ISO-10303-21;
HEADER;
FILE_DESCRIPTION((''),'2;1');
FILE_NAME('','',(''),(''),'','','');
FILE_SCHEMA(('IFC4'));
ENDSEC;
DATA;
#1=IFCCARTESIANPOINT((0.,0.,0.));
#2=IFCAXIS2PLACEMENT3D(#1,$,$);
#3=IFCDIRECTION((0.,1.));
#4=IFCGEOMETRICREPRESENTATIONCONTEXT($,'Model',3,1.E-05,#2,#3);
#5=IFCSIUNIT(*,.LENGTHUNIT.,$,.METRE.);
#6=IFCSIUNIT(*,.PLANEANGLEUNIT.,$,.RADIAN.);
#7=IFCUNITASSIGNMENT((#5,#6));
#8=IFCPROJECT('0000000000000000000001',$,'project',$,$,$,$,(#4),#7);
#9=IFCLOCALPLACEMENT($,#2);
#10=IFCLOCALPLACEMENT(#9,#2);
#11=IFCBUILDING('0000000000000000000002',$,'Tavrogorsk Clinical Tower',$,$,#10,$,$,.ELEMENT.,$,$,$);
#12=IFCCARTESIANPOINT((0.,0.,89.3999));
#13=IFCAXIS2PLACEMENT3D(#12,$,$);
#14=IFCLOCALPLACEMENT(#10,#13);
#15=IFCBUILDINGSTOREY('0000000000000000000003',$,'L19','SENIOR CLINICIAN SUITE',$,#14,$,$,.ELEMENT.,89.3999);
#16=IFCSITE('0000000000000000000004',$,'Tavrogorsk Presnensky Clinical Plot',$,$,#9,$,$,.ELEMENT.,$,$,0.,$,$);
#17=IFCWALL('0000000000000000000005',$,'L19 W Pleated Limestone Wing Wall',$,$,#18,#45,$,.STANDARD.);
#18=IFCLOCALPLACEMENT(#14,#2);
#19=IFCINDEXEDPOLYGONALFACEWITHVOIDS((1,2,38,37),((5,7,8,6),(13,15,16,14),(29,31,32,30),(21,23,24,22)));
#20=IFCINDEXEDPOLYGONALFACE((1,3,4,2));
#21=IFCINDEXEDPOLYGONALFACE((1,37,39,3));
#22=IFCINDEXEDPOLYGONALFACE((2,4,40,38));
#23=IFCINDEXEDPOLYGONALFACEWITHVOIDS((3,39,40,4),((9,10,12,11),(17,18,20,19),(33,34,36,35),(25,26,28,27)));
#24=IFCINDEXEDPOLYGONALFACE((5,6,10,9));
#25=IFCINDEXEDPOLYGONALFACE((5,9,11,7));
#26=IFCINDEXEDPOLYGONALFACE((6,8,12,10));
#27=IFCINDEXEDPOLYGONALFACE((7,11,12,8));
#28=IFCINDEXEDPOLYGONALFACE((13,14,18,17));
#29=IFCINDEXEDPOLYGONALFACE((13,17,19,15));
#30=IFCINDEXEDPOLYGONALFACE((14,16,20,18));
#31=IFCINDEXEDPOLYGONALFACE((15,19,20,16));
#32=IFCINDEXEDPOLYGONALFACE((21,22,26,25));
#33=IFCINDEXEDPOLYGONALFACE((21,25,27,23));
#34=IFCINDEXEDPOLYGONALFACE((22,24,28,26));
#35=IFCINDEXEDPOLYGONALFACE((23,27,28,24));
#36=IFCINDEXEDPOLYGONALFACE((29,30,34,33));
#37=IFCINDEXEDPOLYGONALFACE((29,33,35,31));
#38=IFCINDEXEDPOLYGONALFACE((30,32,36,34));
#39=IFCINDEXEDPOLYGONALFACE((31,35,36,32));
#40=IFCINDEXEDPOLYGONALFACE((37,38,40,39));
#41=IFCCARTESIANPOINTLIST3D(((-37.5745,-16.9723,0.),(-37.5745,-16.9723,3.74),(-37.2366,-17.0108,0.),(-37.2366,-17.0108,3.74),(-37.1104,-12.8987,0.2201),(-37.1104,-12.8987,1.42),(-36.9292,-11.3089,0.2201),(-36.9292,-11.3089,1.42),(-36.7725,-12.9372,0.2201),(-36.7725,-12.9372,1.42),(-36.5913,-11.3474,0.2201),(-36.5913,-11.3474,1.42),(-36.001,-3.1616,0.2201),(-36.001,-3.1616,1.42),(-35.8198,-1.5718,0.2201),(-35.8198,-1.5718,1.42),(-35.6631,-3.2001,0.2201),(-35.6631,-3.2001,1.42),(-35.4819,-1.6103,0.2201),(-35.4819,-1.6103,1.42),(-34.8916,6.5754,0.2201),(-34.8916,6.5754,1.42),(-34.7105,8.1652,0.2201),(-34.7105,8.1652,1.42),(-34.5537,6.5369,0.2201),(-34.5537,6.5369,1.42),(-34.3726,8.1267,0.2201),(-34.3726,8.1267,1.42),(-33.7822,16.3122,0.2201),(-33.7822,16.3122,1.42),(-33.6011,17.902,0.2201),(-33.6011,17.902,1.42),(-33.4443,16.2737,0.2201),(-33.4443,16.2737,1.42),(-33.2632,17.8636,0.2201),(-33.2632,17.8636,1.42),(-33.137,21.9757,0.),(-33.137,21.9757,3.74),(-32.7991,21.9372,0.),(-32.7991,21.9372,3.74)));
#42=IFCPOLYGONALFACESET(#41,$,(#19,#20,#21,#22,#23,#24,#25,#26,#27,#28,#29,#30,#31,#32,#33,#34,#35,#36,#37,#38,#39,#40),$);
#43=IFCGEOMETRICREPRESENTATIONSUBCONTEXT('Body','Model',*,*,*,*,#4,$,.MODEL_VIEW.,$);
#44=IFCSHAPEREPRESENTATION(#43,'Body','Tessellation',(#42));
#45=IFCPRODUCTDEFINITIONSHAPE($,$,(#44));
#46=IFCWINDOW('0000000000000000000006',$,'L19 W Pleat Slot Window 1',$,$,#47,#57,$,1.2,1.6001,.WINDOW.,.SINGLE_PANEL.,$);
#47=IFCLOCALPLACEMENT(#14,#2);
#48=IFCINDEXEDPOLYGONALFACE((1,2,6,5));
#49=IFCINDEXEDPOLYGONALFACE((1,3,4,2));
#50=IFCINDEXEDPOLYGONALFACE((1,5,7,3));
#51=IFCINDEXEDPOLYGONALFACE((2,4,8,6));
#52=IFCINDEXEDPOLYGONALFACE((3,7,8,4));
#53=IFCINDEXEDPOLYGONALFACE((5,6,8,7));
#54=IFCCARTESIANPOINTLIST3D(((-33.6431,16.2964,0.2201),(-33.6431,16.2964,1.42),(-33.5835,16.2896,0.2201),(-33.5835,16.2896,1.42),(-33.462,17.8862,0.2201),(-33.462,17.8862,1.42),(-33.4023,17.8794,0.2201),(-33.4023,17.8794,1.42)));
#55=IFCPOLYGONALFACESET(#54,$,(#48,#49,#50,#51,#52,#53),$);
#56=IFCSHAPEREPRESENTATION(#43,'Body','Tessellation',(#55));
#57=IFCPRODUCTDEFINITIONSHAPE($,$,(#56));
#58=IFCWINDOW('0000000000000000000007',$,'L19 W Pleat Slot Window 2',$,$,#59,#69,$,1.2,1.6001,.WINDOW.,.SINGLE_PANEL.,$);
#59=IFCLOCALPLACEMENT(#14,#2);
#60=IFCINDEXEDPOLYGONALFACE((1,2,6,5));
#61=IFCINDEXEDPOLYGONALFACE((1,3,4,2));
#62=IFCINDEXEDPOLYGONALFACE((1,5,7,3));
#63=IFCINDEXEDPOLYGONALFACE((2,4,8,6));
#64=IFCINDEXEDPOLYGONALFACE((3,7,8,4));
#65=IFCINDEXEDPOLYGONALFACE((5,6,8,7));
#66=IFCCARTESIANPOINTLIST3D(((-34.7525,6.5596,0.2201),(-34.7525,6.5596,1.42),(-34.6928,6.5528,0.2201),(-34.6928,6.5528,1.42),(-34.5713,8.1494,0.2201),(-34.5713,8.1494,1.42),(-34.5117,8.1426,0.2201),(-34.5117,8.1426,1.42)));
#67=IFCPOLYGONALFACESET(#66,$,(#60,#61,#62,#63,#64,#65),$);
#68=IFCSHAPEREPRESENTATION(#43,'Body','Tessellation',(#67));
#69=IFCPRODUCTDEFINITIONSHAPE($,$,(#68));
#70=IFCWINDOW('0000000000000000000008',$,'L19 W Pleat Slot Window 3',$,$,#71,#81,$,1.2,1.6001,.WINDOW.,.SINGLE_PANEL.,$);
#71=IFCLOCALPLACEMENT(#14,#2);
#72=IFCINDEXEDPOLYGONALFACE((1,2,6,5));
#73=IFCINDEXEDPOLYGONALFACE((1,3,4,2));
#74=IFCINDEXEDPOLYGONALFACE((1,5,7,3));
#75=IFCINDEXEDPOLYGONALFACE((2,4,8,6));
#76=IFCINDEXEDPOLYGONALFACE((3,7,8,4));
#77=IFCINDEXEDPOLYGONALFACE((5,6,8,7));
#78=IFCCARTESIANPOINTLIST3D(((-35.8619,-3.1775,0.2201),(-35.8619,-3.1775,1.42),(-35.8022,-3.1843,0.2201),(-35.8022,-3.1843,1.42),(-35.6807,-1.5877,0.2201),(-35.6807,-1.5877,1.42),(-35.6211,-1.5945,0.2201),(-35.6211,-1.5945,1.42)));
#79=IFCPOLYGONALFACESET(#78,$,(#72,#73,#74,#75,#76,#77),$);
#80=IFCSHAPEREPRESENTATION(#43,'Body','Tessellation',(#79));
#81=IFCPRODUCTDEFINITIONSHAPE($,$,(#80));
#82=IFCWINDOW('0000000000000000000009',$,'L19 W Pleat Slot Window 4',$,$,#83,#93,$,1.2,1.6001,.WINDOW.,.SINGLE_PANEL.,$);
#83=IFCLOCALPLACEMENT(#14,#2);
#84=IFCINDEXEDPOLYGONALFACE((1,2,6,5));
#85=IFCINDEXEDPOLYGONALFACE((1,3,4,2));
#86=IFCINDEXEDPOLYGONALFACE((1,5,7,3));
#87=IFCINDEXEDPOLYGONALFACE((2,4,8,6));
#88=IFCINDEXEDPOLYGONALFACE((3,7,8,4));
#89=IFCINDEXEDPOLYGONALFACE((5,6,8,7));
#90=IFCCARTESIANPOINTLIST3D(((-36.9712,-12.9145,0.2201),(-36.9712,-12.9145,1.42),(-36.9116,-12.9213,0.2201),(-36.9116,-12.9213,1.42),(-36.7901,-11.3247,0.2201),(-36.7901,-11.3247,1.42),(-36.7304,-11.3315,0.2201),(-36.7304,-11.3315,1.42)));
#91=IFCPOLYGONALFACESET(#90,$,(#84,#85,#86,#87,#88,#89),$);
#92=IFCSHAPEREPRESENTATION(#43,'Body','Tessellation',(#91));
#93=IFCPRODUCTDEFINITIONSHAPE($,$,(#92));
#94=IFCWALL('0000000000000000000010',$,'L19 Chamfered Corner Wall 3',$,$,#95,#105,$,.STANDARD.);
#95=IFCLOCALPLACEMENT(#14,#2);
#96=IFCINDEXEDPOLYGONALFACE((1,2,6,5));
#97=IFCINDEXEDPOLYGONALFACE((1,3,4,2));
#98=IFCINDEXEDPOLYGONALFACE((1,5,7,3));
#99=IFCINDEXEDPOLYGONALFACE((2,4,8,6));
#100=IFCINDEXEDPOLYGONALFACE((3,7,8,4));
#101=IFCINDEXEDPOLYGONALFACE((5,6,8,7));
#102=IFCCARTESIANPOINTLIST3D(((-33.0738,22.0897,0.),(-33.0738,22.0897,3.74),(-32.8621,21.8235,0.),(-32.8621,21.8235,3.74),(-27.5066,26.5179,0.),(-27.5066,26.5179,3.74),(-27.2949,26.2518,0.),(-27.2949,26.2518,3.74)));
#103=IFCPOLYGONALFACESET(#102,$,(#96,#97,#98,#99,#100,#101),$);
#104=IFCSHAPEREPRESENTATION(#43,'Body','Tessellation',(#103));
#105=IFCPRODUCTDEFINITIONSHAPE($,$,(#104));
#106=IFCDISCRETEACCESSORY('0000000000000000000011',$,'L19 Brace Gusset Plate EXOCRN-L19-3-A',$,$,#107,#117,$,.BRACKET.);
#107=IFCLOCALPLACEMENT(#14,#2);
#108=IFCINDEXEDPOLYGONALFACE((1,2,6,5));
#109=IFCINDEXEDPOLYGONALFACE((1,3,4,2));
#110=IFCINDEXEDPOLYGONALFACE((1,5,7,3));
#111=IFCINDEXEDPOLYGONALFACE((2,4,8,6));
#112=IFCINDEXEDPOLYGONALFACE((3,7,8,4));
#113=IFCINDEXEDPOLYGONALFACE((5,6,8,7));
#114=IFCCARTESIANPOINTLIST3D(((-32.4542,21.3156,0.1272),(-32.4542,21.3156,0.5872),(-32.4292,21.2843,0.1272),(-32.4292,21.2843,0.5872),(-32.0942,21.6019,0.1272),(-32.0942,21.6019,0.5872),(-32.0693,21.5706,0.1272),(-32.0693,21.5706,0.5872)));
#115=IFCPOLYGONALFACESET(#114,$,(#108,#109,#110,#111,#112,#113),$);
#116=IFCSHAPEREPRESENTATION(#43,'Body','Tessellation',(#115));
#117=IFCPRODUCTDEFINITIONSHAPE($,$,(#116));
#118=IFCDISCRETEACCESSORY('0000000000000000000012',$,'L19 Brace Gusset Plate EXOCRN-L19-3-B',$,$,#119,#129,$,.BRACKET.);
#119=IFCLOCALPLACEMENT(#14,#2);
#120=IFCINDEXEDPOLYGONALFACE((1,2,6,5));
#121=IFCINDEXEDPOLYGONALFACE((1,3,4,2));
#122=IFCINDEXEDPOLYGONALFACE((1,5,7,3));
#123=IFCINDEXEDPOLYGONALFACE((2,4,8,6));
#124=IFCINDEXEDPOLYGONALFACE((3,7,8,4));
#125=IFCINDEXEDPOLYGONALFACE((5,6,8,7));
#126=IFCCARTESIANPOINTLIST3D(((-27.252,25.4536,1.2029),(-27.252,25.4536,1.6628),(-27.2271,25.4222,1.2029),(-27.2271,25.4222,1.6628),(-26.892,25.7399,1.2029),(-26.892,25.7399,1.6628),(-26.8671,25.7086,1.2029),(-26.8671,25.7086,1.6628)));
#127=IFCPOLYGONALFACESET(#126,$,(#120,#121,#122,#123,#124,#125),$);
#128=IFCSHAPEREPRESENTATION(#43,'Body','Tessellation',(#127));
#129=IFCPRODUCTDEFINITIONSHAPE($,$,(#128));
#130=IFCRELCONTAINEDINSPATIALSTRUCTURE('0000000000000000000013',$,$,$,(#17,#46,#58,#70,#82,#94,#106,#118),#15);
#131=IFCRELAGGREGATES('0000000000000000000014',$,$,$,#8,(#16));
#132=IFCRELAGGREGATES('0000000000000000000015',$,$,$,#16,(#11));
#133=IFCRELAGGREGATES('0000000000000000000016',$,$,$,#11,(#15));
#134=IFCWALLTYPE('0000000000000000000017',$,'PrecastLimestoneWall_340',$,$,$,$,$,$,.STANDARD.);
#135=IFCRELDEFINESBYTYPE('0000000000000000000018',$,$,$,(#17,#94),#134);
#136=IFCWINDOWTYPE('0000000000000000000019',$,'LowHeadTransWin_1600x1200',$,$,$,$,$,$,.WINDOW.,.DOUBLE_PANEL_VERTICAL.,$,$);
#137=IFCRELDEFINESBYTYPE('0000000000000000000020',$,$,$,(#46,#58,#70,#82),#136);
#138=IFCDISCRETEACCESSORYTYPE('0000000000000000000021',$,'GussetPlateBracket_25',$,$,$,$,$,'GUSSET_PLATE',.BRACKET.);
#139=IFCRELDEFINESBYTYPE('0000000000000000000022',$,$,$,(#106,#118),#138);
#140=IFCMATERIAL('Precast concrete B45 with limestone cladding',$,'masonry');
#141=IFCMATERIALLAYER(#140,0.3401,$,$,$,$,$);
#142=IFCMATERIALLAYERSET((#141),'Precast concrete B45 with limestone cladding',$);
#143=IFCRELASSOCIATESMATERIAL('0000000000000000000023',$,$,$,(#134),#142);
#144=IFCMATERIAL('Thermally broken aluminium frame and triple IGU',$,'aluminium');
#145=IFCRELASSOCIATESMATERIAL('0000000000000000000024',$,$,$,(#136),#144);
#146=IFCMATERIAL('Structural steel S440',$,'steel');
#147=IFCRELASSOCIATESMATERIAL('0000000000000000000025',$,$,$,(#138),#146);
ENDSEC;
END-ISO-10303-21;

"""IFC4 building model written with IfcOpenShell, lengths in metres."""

from ifc_helpers import new_model, si_unit, direction, frame, frame_2d, origin, origin_2d, place, context, subcontext, project, spatial, rectangle, extrude, material, layer, layer_set, type_object, element, fill, save


model = new_model("IFC4")

# Units and contexts
model_context = context("Model", 3, precision=1e-05, world=origin(), true_north=direction((0.0, 1.0)))
body_context = subcontext(model_context, "Body", "Model", "MODEL_VIEW")
ifc_project = project(units=[si_unit("LENGTHUNIT", "METRE"), si_unit("PLANEANGLEUNIT", "RADIAN")], contexts=[model_context])

# Site, building, storey
site_placement = place(None, origin())
site = spatial("IfcSite", under=ifc_project, at=site_placement, Name="Tavrogorsk Presnensky Clinical Plot", CompositionType="ELEMENT", RefElevation=0.0)
building_placement = place(site_placement, origin())
building = spatial("IfcBuilding", under=site, at=building_placement, Name="Tavrogorsk Clinical Tower", CompositionType="ELEMENT")
storey_placement = place(building_placement, frame((0.0, 0.0, 89.3999)))
storey = spatial("IfcBuildingStorey", under=building, at=storey_placement, Name="L19", Description="SENIOR CLINICIAN SUITE", CompositionType="ELEMENT", Elevation=89.3999)

# Wall, openings, windows
ifc_material_1 = material(Name="Precast concrete B45 with limestone cladding", Category="masonry")
ifc_layer_1 = layer(ifc_material_1, 0.3401)
ifc_layer_set_1 = layer_set([ifc_layer_1], Name="Precast concrete B45 with limestone cladding")
wall_type_1 = type_object("IfcWallType", Name="PrecastLimestoneWall_340", PredefinedType="STANDARD", material=ifc_layer_set_1)
wall_1_placement = place(storey_placement, frame((-32.968, 21.9565, 0.0), z_axis=(0.0, 0.0, 1.0), x_axis=(-0.113202, -0.993572, 0.0)))
wall_1 = element("IfcWall", 1, at=wall_1_placement, inside=storey, type_object=wall_type_1, Name="L19 W Pleated Limestone Wing Wall", PredefinedType="STANDARD", context=body_context, shape_type="SweptSolid", body=[
    extrude(rectangle(XDim=39.2, YDim=0.3401, at=frame_2d((19.6001, 0.0))), origin(), (0.0, 0.0, 1.0), 3.74),
])
opening_1_placement = place(wall_1_placement, frame((4.1001, 0.0, 0.22)))
opening_1 = element("IfcOpeningElement", 2, at=opening_1_placement, cuts=wall_1, PredefinedType="OPENING", context=body_context, shape_type="SweptSolid", body=[
    extrude(rectangle(XDim=1.6001, YDim=1.2, at=frame_2d((0.8, 0.6001))), frame((0.0, 0.1799, 0.0), z_axis=(0.0, -1.0, 0.0), x_axis=(1.0, 0.0, 0.0)), (0.0, 0.0, 1.0), 0.3601),
])
opening_2_placement = place(wall_1_placement, frame((13.8999, 0.0, 0.22)))
opening_2 = element("IfcOpeningElement", 3, at=opening_2_placement, cuts=wall_1, PredefinedType="OPENING", context=body_context, shape_type="SweptSolid", body=[
    extrude(rectangle(XDim=1.6001, YDim=1.2, at=frame_2d((0.8, 0.6001))), frame((0.0, 0.1799, 0.0), z_axis=(0.0, -1.0, 0.0), x_axis=(1.0, 0.0, 0.0)), (0.0, 0.0, 1.0), 0.3601),
])
opening_3_placement = place(wall_1_placement, frame((23.7, 0.0, 0.22)))
opening_3 = element("IfcOpeningElement", 4, at=opening_3_placement, cuts=wall_1, PredefinedType="OPENING", context=body_context, shape_type="SweptSolid", body=[
    extrude(rectangle(XDim=1.6001, YDim=1.2, at=frame_2d((0.8, 0.6001))), frame((0.0, 0.1799, 0.0), z_axis=(0.0, -1.0, 0.0), x_axis=(1.0, 0.0, 0.0)), (0.0, 0.0, 1.0), 0.3601),
])
opening_4_placement = place(wall_1_placement, frame((33.5, 0.0, 0.22)))
opening_4 = element("IfcOpeningElement", 5, at=opening_4_placement, cuts=wall_1, PredefinedType="OPENING", context=body_context, shape_type="SweptSolid", body=[
    extrude(rectangle(XDim=1.6001, YDim=1.2, at=frame_2d((0.8, 0.6001))), frame((0.0, 0.1799, 0.0), z_axis=(0.0, -1.0, 0.0), x_axis=(1.0, 0.0, 0.0)), (0.0, 0.0, 1.0), 0.3601),
])
ifc_material_2 = material(Name="Thermally broken aluminium frame and triple IGU", Category="aluminium")
window_type = type_object("IfcWindowType", Name="LowHeadTransWin_1600x1200", PartitioningType="DOUBLE_PANEL_VERTICAL", PredefinedType="WINDOW", material=ifc_material_2)
window_1_placement = place(opening_1_placement, origin())
window_1 = element("IfcWindow", 6, at=window_1_placement, inside=storey, type_object=window_type, Name="L19 W Pleat Slot Window 1", OverallHeight=1.2, OverallWidth=1.6001, PartitioningType="SINGLE_PANEL", PredefinedType="WINDOW", context=body_context, shape_type="SweptSolid", body=[
    extrude(rectangle(XDim=1.6001, YDim=1.2, at=frame_2d((0.8, 0.6001))), frame((0.0, 0.03, 0.0), z_axis=(0.0, -1.0, 0.0), x_axis=(1.0, 0.0, 0.0)), (0.0, 0.0, 1.0), 0.0601),
])
fill(opening_1, window_1)
window_2_placement = place(opening_2_placement, origin())
window_2 = element("IfcWindow", 7, at=window_2_placement, inside=storey, type_object=window_type, Name="L19 W Pleat Slot Window 2", OverallHeight=1.2, OverallWidth=1.6001, PartitioningType="SINGLE_PANEL", PredefinedType="WINDOW", context=body_context, shape_type="SweptSolid", body=[
    extrude(rectangle(XDim=1.6001, YDim=1.2, at=frame_2d((0.8, 0.6001))), frame((0.0, 0.03, 0.0), z_axis=(0.0, -1.0, 0.0), x_axis=(1.0, 0.0, 0.0)), (0.0, 0.0, 1.0), 0.0601),
])
fill(opening_2, window_2)
window_3_placement = place(opening_3_placement, origin())
window_3 = element("IfcWindow", 8, at=window_3_placement, inside=storey, type_object=window_type, Name="L19 W Pleat Slot Window 3", OverallHeight=1.2, OverallWidth=1.6001, PartitioningType="SINGLE_PANEL", PredefinedType="WINDOW", context=body_context, shape_type="SweptSolid", body=[
    extrude(rectangle(XDim=1.6001, YDim=1.2, at=frame_2d((0.8, 0.6001))), frame((0.0, 0.03, 0.0), z_axis=(0.0, -1.0, 0.0), x_axis=(1.0, 0.0, 0.0)), (0.0, 0.0, 1.0), 0.0601),
])
fill(opening_3, window_3)
window_4_placement = place(opening_4_placement, origin())
window_4 = element("IfcWindow", 9, at=window_4_placement, inside=storey, type_object=window_type, Name="L19 W Pleat Slot Window 4", OverallHeight=1.2, OverallWidth=1.6001, PartitioningType="SINGLE_PANEL", PredefinedType="WINDOW", context=body_context, shape_type="SweptSolid", body=[
    extrude(rectangle(XDim=1.6001, YDim=1.2, at=frame_2d((0.8, 0.6001))), frame((0.0, 0.03, 0.0), z_axis=(0.0, -1.0, 0.0), x_axis=(1.0, 0.0, 0.0)), (0.0, 0.0, 1.0), 0.0601),
])
fill(opening_4, window_4)

# Wall
wall_2_placement = place(storey_placement, frame((-27.4009, 26.3848, 0.0), z_axis=(0.0, 0.0, 1.0), x_axis=(-0.782614, -0.622508, 0.0)))
element("IfcWall", 10, at=wall_2_placement, inside=storey, type_object=wall_type_1, Name="L19 Chamfered Corner Wall 3", PredefinedType="STANDARD", context=body_context, shape_type="SweptSolid", body=[
    extrude(rectangle(XDim=7.1135, YDim=0.3401, at=frame_2d((3.5566, 0.0))), origin(), (0.0, 0.0, 1.0), 3.74),
])

# Discrete accessories
ifc_material_3 = material(Name="Structural steel S440", Category="steel")
discrete_accessory_type = type_object("IfcDiscreteAccessoryType", Name="GussetPlateBracket_25", ElementType="GUSSET_PLATE", PredefinedType="BRACKET", material=ifc_material_3)
for number, where, z_axis, x_axis, name in (
    (11, (-32.2617, 21.4431, 0.1272), (0.0, 0.0, 1.0), (0.782608, 0.622515, 0.0), "L19 Brace Gusset Plate EXOCRN-L19-3-A"),
    (12, (-27.0596, 25.5811, 1.2029), (0.0, 0.0, 1.0), (0.782608, 0.622515, 0.0), "L19 Brace Gusset Plate EXOCRN-L19-3-B"),
):
    element("IfcDiscreteAccessory", number, at=place(storey_placement, frame(where, z_axis=z_axis, x_axis=x_axis)), inside=storey, type_object=discrete_accessory_type, Name=name, PredefinedType="BRACKET", context=body_context, shape_type="SweptSolid", body=[
        extrude(rectangle(XDim=0.46, YDim=0.04, at=origin_2d()), origin(), (0.0, 0.0, 1.0), 0.46),
    ])

save(model, "model.ifc")
